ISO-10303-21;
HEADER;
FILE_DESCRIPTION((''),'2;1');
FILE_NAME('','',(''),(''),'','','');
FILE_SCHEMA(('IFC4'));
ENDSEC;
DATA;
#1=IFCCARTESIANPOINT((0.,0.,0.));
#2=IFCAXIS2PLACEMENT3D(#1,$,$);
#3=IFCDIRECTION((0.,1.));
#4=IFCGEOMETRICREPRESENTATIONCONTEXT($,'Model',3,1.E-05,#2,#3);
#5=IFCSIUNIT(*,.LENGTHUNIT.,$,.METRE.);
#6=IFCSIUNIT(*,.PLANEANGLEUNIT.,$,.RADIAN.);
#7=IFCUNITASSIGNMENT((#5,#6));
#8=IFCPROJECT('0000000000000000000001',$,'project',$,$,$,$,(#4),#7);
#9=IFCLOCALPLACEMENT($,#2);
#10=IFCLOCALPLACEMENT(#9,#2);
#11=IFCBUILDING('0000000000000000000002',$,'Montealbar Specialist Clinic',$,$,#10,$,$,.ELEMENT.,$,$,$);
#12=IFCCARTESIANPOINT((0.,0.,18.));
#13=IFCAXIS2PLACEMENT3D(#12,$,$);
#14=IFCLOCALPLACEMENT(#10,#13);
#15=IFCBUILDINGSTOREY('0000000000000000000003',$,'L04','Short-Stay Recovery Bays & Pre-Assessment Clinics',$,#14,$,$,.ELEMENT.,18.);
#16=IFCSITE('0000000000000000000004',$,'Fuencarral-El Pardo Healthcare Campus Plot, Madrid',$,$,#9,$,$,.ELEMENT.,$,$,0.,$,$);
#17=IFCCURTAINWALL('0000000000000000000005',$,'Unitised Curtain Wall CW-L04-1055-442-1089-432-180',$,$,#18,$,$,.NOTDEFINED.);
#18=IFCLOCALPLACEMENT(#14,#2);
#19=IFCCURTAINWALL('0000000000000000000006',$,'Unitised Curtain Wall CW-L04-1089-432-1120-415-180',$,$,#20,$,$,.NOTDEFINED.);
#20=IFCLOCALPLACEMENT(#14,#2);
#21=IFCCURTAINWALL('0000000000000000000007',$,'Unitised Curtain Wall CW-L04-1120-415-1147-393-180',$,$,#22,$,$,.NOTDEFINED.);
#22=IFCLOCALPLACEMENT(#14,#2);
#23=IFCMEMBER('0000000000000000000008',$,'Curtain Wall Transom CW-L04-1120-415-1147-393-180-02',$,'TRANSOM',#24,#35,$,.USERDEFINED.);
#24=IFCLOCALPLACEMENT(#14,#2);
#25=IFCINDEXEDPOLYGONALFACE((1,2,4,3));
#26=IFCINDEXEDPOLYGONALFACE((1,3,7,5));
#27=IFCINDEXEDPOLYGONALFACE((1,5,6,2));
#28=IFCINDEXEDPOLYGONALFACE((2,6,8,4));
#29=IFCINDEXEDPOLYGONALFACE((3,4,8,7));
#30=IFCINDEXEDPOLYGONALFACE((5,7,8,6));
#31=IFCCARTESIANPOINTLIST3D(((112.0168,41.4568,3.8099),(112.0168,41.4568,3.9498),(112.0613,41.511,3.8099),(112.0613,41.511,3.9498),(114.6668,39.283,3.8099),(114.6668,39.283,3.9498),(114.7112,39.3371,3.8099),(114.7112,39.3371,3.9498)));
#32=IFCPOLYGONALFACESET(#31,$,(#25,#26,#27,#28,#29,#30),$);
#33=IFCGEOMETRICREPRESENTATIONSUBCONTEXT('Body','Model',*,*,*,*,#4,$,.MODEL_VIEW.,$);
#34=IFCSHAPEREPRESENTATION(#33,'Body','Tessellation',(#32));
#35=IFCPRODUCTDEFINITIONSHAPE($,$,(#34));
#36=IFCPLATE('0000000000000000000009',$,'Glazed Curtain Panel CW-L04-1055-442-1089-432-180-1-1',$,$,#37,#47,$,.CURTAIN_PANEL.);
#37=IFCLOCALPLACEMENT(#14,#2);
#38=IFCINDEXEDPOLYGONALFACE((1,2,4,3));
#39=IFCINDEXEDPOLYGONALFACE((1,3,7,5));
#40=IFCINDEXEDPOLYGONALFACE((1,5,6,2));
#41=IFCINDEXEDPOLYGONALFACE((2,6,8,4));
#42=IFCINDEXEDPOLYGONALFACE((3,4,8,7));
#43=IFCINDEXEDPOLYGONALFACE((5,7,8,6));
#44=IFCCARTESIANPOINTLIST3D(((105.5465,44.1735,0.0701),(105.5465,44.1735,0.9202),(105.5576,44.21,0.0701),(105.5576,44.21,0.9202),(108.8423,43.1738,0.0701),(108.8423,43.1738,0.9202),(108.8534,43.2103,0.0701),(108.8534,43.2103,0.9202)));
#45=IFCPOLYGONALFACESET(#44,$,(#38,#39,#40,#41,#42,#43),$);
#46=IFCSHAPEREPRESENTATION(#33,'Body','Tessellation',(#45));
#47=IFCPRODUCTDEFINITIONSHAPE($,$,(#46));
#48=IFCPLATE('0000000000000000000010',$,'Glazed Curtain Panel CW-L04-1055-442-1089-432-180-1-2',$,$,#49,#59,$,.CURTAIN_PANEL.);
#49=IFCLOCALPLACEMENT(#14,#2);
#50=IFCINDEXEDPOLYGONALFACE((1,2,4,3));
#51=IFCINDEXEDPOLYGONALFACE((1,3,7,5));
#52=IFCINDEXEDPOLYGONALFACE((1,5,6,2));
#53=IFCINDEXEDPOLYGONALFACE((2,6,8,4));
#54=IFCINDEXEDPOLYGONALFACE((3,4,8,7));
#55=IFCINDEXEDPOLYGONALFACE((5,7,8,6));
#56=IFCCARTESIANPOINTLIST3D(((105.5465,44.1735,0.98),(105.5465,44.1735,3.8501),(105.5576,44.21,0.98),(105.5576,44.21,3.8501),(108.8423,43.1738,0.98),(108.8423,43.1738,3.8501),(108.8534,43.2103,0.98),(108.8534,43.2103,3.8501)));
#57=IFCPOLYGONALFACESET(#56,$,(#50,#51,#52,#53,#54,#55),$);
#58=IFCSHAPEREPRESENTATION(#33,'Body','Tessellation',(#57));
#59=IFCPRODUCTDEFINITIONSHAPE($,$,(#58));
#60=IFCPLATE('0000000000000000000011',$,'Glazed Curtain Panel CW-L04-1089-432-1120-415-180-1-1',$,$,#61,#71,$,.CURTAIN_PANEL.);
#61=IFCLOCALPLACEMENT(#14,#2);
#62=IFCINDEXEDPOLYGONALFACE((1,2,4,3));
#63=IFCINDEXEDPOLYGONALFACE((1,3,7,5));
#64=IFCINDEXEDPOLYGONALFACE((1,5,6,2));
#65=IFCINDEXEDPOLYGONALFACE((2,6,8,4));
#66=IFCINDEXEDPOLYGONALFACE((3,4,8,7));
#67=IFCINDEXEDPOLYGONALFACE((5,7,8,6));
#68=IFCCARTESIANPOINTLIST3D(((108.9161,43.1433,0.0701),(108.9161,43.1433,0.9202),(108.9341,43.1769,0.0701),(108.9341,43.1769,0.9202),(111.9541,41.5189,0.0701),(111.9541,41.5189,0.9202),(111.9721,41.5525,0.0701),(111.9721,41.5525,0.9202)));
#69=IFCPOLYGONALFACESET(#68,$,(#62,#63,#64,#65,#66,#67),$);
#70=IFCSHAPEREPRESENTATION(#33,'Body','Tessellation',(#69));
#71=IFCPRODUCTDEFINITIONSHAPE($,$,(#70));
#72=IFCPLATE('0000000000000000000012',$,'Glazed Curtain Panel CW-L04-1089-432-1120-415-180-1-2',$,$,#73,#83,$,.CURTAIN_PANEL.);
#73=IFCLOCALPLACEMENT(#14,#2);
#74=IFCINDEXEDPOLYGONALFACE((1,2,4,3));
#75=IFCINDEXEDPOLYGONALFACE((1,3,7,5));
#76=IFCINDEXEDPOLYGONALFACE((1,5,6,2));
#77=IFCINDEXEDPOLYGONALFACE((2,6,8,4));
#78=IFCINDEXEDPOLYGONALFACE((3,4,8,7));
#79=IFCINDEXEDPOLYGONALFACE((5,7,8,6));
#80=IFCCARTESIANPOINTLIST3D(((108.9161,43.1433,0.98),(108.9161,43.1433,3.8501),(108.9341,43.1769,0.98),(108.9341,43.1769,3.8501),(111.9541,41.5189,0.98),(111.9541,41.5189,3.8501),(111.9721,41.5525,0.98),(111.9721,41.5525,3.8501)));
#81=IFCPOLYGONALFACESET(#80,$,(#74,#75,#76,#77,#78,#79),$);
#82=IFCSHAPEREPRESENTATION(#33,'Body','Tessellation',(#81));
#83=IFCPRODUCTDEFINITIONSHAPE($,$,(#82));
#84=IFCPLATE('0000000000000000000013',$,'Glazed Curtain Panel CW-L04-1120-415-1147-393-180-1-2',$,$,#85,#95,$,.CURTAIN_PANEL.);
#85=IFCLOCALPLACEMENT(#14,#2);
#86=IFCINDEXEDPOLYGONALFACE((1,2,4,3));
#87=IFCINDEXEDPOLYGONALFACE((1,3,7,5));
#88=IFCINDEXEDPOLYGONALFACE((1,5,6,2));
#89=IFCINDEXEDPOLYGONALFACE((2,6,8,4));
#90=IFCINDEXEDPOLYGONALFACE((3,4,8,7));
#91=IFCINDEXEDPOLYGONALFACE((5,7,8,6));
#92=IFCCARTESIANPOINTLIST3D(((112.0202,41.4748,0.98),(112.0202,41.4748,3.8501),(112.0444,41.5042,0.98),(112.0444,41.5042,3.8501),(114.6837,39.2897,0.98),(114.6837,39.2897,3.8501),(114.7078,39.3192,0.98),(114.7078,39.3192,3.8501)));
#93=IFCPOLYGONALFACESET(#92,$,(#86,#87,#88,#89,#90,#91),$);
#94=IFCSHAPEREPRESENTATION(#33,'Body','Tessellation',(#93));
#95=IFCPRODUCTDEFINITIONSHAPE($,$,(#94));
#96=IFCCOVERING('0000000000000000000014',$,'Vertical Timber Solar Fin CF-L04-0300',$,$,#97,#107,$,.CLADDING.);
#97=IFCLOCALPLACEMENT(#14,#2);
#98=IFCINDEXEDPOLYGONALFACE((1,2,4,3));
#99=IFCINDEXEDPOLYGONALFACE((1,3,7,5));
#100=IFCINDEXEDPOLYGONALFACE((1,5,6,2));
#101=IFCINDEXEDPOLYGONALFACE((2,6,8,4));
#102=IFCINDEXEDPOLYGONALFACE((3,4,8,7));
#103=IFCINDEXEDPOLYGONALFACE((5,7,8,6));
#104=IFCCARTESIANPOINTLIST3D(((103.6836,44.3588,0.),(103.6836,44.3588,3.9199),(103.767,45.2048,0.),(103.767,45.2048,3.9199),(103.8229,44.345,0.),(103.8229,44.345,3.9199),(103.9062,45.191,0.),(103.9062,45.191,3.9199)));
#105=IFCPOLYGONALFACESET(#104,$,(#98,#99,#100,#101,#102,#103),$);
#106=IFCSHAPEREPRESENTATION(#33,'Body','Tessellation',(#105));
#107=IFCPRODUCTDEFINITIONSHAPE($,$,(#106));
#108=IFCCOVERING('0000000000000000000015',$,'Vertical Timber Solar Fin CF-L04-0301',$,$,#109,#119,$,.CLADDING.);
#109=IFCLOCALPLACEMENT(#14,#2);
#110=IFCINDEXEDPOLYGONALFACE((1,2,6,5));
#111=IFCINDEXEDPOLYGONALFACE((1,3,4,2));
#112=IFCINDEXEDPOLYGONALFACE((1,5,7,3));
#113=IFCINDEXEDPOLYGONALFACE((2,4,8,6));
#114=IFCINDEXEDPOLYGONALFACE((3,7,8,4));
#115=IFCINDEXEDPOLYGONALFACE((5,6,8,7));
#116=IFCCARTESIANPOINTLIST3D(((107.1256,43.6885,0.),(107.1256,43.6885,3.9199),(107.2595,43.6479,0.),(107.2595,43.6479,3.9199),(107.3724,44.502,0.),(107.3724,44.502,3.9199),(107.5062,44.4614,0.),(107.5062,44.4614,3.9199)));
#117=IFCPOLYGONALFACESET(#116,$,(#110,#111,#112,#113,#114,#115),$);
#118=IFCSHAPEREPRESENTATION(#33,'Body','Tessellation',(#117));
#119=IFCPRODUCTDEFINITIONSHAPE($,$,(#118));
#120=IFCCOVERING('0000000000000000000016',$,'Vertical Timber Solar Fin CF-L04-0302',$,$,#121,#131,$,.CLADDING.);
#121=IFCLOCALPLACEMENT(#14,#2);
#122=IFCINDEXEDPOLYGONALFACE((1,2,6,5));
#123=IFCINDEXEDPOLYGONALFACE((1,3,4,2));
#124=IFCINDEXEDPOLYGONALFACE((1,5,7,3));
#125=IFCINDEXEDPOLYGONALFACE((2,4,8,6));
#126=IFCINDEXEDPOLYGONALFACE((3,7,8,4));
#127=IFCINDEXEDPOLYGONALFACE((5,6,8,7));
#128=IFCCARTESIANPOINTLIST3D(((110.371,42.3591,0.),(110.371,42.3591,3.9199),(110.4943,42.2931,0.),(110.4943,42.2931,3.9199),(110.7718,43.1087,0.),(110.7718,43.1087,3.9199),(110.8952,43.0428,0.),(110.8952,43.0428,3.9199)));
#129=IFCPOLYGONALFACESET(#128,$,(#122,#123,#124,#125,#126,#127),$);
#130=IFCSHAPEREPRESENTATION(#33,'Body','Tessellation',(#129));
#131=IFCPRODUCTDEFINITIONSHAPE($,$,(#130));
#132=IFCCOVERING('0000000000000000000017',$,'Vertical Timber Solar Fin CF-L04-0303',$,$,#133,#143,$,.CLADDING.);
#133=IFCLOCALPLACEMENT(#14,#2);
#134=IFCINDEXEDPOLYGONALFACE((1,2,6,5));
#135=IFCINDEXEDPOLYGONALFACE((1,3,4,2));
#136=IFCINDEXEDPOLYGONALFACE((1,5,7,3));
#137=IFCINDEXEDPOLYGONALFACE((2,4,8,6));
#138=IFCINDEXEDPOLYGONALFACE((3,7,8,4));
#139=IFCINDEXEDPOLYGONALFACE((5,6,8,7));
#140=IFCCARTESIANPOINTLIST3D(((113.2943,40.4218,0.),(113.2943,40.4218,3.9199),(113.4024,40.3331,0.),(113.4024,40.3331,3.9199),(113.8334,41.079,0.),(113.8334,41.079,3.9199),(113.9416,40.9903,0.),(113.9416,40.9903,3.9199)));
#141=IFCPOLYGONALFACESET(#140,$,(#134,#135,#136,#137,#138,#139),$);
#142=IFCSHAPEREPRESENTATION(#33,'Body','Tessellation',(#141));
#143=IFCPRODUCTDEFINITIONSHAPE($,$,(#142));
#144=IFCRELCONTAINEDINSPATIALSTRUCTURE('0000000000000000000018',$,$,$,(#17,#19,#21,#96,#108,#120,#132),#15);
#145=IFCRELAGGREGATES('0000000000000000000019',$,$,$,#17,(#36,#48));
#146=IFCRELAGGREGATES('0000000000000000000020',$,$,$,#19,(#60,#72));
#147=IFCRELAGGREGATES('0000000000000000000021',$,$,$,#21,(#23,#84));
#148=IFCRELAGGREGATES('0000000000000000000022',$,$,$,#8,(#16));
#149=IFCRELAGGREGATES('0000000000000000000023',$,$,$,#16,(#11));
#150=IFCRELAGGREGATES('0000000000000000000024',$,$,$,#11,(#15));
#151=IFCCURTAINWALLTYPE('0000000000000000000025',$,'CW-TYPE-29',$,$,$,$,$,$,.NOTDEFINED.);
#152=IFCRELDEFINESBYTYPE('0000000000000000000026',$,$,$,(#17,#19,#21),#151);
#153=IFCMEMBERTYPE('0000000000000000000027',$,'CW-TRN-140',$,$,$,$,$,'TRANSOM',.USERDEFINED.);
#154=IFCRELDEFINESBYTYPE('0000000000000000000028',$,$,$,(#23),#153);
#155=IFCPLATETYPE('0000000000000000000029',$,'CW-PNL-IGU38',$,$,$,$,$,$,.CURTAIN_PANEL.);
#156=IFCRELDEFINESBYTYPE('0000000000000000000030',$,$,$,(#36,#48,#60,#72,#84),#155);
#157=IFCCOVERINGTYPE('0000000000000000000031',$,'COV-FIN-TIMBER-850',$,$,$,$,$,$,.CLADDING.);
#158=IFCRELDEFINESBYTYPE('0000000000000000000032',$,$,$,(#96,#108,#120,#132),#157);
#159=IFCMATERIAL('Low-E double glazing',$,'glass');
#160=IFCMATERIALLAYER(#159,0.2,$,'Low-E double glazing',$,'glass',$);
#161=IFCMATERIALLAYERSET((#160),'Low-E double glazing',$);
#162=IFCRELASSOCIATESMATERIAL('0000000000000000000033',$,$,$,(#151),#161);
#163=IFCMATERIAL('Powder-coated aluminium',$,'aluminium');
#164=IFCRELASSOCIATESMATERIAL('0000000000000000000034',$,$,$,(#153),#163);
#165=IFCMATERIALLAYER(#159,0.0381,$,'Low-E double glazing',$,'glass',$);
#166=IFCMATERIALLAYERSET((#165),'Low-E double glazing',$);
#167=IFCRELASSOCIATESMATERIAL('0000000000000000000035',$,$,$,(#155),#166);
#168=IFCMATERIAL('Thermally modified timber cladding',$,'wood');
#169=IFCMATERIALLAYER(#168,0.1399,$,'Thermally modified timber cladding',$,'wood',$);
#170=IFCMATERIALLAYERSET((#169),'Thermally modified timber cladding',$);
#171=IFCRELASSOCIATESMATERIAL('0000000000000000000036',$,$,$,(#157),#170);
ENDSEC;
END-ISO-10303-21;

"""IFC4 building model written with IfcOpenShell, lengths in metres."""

from ifc_helpers import new_model, si_unit, direction, frame, origin, origin_2d, place, context, subcontext, project, spatial, rectangle, extrude, material, layer, layer_set, material_profile, profile_set, type_object, element, aggregate, save


model = new_model("IFC4")

# Units and contexts
model_context = context("Model", 3, precision=1e-05, world=origin(), true_north=direction((0.0, 1.0)))
body_context = subcontext(model_context, "Body", "Model", "MODEL_VIEW")
ifc_project = project(units=[si_unit("LENGTHUNIT", "METRE"), si_unit("PLANEANGLEUNIT", "RADIAN")], contexts=[model_context])

# Site, building, storey
site_placement = place(None, origin())
site = spatial("IfcSite", under=ifc_project, at=site_placement, Name="Fuencarral-El Pardo Healthcare Campus Plot, Madrid", CompositionType="ELEMENT", RefElevation=0.0)
building_placement = place(site_placement, origin())
building = spatial("IfcBuilding", under=site, at=building_placement, Name="Montealbar Specialist Clinic", CompositionType="ELEMENT")
storey_placement = place(building_placement, frame((0.0, 0.0, 18.0)))
storey = spatial("IfcBuildingStorey", under=building, at=storey_placement, Name="L04", Description="Short-Stay Recovery Bays & Pre-Assessment Clinics", CompositionType="ELEMENT", Elevation=18.0)

# Shared definitions
ifc_material_1 = material(Name="Low-E double glazing", Category="glass")
ifc_layer_1 = layer(ifc_material_1, 0.2, Name="Low-E double glazing", Category="glass")
ifc_layer_set_1 = layer_set([ifc_layer_1], Name="Low-E double glazing")
curtain_wall_type = type_object("IfcCurtainWallType", Name="CW-TYPE-29", PredefinedType="NOTDEFINED", material=ifc_layer_set_1)

# Curtain walls
curtain_wall_1_placement = place(storey_placement, origin())
curtain_wall_1 = element("IfcCurtainWall", 1, at=curtain_wall_1_placement, inside=storey, type_object=curtain_wall_type, Name="Unitised Curtain Wall CW-L04-1055-442-1089-432-180", PredefinedType="NOTDEFINED")
curtain_wall_2_placement = place(storey_placement, origin())
curtain_wall_2 = element("IfcCurtainWall", 2, at=curtain_wall_2_placement, inside=storey, type_object=curtain_wall_type, Name="Unitised Curtain Wall CW-L04-1089-432-1120-415-180", PredefinedType="NOTDEFINED")

# Curtain wall
curtain_wall_3_placement = place(storey_placement, origin())
curtain_wall_3 = element("IfcCurtainWall", 3, at=curtain_wall_3_placement, inside=storey, type_object=curtain_wall_type, Name="Unitised Curtain Wall CW-L04-1120-415-1147-393-180", PredefinedType="NOTDEFINED")

# Member
ifc_material_2 = material(Name="Powder-coated aluminium", Category="aluminium")
ifc_material_profile_1 = material_profile(ifc_material_2, rectangle(XDim=0.0701, YDim=0.1399, at=origin_2d()), Name="ALU 70x140", Category="aluminium")
ifc_profile_set_1 = profile_set([ifc_material_profile_1], Name="Powder-coated aluminium")
member_type_1 = type_object("IfcMemberType", Name="CW-TRN-140", ElementType="TRANSOM", PredefinedType="USERDEFINED", material=ifc_profile_set_1)
member_1_placement = place(storey_placement, frame((112.0391, 41.4839, 3.8799), z_axis=(0.773138, -0.634238, 0.0), x_axis=(0.634238, 0.773138, 0.0)))
member_1 = element("IfcMember", 4, at=member_1_placement, type_object=member_type_1, Name="Curtain Wall Transom CW-L04-1120-415-1147-393-180-02", ObjectType="TRANSOM", PredefinedType="USERDEFINED", context=body_context, shape_type="SweptSolid", body=[
    extrude(rectangle(XDim=0.0701, YDim=0.1399, at=origin_2d()), origin(), (0.0, 0.0, 1.0), 3.4275),
])

# Plates
ifc_layer_2 = layer(ifc_material_1, 0.0381, Name="Low-E double glazing", Category="glass")
ifc_layer_set_2 = layer_set([ifc_layer_2], Name="Low-E double glazing")
plate_type = type_object("IfcPlateType", Name="CW-PNL-IGU38", PredefinedType="CURTAIN_PANEL", material=ifc_layer_set_2)
plate_1_placement = place(storey_placement, frame((107.2, 43.6919, 0.0701), z_axis=(0.0, 0.0, 1.0), x_axis=(0.956948, -0.290259, 0.0)))
plate_1 = element("IfcPlate", 5, at=plate_1_placement, type_object=plate_type, Name="Glazed Curtain Panel CW-L04-1055-442-1089-432-180-1-1", PredefinedType="CURTAIN_PANEL", context=body_context, shape_type="SweptSolid", body=[
    extrude(rectangle(XDim=3.4441, YDim=0.0381, at=origin_2d()), origin(), (0.0, 0.0, 1.0), 0.8501),
])
plate_2_placement = place(storey_placement, frame((107.2, 43.6919, 0.98), z_axis=(0.0, 0.0, 1.0), x_axis=(0.956948, -0.290259, 0.0)))
plate_2 = element("IfcPlate", 6, at=plate_2_placement, type_object=plate_type, Name="Glazed Curtain Panel CW-L04-1055-442-1089-432-180-1-2", PredefinedType="CURTAIN_PANEL", context=body_context, shape_type="SweptSolid", body=[
    extrude(rectangle(XDim=3.4441, YDim=0.0381, at=origin_2d()), origin(), (0.0, 0.0, 1.0), 2.8701),
])
aggregate(curtain_wall_1, [plate_1, plate_2])
plate_3_placement = place(storey_placement, frame((110.4441, 42.3479, 0.0701), z_axis=(0.0, 0.0, 1.0), x_axis=(0.88185, -0.471529, 0.0)))
plate_3 = element("IfcPlate", 7, at=plate_3_placement, type_object=plate_type, Name="Glazed Curtain Panel CW-L04-1089-432-1120-415-180-1-1", PredefinedType="CURTAIN_PANEL", context=body_context, shape_type="SweptSolid", body=[
    extrude(rectangle(XDim=3.4451, YDim=0.0381, at=origin_2d()), origin(), (0.0, 0.0, 1.0), 0.8501),
])
plate_4_placement = place(storey_placement, frame((110.4441, 42.3479, 0.98), z_axis=(0.0, 0.0, 1.0), x_axis=(0.88185, -0.471529, 0.0)))
plate_4 = element("IfcPlate", 8, at=plate_4_placement, type_object=plate_type, Name="Glazed Curtain Panel CW-L04-1089-432-1120-415-180-1-2", PredefinedType="CURTAIN_PANEL", context=body_context, shape_type="SweptSolid", body=[
    extrude(rectangle(XDim=3.4451, YDim=0.0381, at=origin_2d()), origin(), (0.0, 0.0, 1.0), 2.8701),
])
aggregate(curtain_wall_2, [plate_3, plate_4])
plate_5_placement = place(storey_placement, frame((113.364, 40.397, 0.98), z_axis=(0.0, 0.0, 1.0), x_axis=(0.773123, -0.634256, 0.0)))
plate_5 = element("IfcPlate", 9, at=plate_5_placement, type_object=plate_type, Name="Glazed Curtain Panel CW-L04-1120-415-1147-393-180-1-2", PredefinedType="CURTAIN_PANEL", context=body_context, shape_type="SweptSolid", body=[
    extrude(rectangle(XDim=3.4451, YDim=0.0381, at=origin_2d()), origin(), (0.0, 0.0, 1.0), 2.8701),
])
aggregate(curtain_wall_3, [member_1, plate_5])

# Coverings
ifc_material_3 = material(Name="Thermally modified timber cladding", Category="wood")
ifc_layer_3 = layer(ifc_material_3, 0.1399, Name="Thermally modified timber cladding", Category="wood")
ifc_layer_set_3 = layer_set([ifc_layer_3], Name="Thermally modified timber cladding")
covering_type = type_object("IfcCoveringType", Name="COV-FIN-TIMBER-850", PredefinedType="CLADDING", material=ifc_layer_set_3)
for number, where, z_axis, x_axis, name in (
    (10, (103.7949, 44.7749, 0.0), (0.0, 0.0, 1.0), (0.098045, 0.995182, 0.0), "Vertical Timber Solar Fin CF-L04-0300"),
    (11, (107.3159, 44.075, 0.0), (0.0, 0.0, 1.0), (0.290259, 0.956948, 0.0), "Vertical Timber Solar Fin CF-L04-0301"),
    (12, (110.6331, 42.7009, 0.0), (0.0, 0.0, 1.0), (0.471529, 0.88185, 0.0), "Vertical Timber Solar Fin CF-L04-0302"),
    (13, (113.6179, 40.7061, 0.0), (0.0, 0.0, 1.0), (0.634256, 0.773123, 0.0), "Vertical Timber Solar Fin CF-L04-0303"),
):
    element("IfcCovering", number, at=place(storey_placement, frame(where, z_axis=z_axis, x_axis=x_axis)), inside=storey, type_object=covering_type, Name=name, PredefinedType="CLADDING", context=body_context, shape_type="SweptSolid", body=[
        extrude(rectangle(XDim=0.8501, YDim=0.1399, at=origin_2d()), origin(), (0.0, 0.0, 1.0), 3.9199),
    ])

save(model, "model.ifc")
